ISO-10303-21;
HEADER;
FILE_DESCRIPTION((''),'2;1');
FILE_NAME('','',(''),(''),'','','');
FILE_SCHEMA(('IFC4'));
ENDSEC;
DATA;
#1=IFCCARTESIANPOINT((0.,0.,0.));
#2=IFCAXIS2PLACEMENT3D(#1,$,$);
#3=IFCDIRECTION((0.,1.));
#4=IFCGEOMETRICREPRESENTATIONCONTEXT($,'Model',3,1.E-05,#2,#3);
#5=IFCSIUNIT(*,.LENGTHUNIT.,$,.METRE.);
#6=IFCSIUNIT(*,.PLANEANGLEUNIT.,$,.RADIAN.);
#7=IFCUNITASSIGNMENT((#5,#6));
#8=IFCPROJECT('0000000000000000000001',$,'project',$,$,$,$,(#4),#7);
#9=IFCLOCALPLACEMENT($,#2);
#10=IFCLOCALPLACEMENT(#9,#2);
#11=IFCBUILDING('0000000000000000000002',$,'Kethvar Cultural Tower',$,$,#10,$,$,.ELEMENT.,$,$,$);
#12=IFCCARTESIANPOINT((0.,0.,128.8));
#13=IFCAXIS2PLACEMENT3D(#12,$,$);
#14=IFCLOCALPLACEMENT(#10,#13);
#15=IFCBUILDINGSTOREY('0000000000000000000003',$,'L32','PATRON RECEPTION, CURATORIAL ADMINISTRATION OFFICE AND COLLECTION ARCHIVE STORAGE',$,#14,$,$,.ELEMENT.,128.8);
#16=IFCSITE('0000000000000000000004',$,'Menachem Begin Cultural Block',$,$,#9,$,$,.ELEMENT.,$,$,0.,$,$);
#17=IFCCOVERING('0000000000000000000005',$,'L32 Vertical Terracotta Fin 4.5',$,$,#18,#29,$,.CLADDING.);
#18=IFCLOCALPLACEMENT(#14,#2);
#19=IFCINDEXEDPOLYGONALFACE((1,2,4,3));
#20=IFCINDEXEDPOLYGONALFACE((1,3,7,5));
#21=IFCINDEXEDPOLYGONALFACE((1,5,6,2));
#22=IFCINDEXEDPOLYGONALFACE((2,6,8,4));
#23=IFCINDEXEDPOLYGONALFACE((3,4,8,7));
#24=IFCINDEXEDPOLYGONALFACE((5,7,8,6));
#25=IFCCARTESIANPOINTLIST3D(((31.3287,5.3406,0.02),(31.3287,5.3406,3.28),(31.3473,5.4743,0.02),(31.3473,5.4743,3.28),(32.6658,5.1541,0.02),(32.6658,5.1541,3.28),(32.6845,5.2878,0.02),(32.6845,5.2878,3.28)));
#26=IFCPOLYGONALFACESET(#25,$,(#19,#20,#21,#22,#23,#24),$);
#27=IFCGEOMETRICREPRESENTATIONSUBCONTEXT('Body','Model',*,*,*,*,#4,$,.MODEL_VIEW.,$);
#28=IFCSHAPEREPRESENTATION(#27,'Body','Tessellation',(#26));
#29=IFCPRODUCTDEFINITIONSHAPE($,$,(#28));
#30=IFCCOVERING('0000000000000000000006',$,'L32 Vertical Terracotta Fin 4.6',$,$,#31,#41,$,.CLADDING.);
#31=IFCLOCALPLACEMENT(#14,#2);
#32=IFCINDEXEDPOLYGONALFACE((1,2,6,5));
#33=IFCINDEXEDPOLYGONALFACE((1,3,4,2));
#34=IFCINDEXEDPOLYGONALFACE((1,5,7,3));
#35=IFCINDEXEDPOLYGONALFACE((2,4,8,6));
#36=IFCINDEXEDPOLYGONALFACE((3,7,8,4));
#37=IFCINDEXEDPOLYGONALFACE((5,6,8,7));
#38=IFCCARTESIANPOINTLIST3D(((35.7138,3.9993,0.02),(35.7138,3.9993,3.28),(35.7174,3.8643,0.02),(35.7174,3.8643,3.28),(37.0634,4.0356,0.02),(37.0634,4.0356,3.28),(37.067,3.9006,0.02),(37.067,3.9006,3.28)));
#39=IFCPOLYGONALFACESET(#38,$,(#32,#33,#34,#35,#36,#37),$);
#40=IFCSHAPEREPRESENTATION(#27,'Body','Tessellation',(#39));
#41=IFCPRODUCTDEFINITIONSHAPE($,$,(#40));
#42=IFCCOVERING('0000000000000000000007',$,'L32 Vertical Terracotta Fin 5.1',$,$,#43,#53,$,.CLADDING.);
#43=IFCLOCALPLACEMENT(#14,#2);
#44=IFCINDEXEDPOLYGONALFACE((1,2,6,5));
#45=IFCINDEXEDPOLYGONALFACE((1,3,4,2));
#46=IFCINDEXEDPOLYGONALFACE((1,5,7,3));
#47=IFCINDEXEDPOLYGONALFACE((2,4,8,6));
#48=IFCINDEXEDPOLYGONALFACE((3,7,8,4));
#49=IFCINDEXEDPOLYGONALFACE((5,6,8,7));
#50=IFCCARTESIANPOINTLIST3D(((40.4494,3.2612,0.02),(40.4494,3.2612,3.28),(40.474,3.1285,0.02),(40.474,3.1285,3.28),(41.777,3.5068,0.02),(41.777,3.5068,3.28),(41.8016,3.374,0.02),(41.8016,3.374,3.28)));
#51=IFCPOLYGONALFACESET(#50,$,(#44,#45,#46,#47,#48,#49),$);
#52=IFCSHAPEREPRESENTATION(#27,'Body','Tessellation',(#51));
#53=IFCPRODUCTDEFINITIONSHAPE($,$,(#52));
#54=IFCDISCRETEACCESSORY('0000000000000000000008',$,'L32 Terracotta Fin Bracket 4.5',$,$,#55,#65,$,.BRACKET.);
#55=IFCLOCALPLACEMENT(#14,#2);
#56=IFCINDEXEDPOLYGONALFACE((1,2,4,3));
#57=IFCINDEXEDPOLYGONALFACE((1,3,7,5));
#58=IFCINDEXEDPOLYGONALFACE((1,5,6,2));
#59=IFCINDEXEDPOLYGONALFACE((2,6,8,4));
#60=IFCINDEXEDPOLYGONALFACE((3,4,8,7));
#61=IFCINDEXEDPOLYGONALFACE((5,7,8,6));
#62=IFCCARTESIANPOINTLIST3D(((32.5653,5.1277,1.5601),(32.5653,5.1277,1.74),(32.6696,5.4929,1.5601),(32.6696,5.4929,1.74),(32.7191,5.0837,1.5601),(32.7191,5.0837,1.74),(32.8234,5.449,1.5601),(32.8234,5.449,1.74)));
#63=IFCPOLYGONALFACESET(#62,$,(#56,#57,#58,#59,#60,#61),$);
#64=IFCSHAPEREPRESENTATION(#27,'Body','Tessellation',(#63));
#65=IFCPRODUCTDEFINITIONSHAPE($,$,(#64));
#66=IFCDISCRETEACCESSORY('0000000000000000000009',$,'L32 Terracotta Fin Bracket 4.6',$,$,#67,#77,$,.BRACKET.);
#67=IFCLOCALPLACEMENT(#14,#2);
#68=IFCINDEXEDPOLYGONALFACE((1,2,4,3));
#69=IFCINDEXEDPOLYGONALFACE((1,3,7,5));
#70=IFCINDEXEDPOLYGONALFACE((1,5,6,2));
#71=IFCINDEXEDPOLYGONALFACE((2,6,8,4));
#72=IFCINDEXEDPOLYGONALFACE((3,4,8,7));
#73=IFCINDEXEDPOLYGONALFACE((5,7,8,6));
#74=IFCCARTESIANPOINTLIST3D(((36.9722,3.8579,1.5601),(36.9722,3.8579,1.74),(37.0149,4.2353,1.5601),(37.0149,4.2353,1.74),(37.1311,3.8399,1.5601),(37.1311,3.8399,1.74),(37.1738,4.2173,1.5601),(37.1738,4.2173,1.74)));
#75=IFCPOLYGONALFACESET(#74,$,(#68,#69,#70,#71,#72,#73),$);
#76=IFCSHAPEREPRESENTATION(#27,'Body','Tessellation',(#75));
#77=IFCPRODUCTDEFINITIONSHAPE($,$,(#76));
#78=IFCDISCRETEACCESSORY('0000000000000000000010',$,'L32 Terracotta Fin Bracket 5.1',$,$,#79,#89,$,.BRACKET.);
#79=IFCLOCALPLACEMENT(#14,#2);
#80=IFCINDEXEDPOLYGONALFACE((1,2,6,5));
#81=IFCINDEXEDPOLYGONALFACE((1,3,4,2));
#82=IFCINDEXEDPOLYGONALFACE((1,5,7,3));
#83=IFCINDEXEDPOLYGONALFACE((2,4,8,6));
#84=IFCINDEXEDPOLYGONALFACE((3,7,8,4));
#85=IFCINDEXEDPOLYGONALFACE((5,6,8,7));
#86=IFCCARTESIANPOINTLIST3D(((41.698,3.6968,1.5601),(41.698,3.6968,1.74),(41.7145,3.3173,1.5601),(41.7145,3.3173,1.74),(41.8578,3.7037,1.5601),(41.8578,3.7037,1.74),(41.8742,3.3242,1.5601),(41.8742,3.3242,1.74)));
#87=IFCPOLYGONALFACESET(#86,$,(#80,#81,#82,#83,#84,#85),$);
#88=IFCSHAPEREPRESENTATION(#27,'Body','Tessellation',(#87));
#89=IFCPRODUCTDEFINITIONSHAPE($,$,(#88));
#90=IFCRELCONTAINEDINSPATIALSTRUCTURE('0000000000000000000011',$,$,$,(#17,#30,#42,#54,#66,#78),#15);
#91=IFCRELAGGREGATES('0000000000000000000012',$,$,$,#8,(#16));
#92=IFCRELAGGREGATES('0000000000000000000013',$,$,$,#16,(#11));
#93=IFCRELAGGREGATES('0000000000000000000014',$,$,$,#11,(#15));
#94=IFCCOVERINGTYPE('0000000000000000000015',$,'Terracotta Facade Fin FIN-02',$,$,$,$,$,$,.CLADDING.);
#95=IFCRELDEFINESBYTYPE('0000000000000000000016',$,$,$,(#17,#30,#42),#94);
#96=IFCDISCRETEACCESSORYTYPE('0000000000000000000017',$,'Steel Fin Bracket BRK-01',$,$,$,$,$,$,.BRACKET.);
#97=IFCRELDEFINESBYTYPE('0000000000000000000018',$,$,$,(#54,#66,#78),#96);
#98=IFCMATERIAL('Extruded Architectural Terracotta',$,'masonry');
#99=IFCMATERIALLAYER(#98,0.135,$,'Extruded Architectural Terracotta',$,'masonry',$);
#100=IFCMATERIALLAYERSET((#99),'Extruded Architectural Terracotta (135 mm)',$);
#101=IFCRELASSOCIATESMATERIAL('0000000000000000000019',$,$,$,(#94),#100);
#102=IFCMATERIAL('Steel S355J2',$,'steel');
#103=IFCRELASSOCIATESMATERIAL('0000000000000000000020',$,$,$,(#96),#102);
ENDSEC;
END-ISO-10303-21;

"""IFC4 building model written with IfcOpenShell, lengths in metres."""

from ifc_helpers import new_model, si_unit, direction, frame, origin, origin_2d, place, context, subcontext, project, spatial, rectangle, extrude, source, transform, mapped, material, layer, layer_set, type_object, element, save


model = new_model("IFC4")

# Units and contexts
model_context = context("Model", 3, precision=1e-05, world=origin(), true_north=direction((0.0, 1.0)))
body_context = subcontext(model_context, "Body", "Model", "MODEL_VIEW")
ifc_project = project(units=[si_unit("LENGTHUNIT", "METRE"), si_unit("PLANEANGLEUNIT", "RADIAN")], contexts=[model_context])

# Site, building, storey
site_placement = place(None, origin())
site = spatial("IfcSite", under=ifc_project, at=site_placement, Name="Menachem Begin Cultural Block", CompositionType="ELEMENT", RefElevation=0.0)
building_placement = place(site_placement, origin())
building = spatial("IfcBuilding", under=site, at=building_placement, Name="Kethvar Cultural Tower", CompositionType="ELEMENT")
storey_placement = place(building_placement, frame((0.0, 0.0, 128.8)))
storey = spatial("IfcBuildingStorey", under=building, at=storey_placement, Name="L32", Description="PATRON RECEPTION, CURATORIAL ADMINISTRATION OFFICE AND COLLECTION ARCHIVE STORAGE", CompositionType="ELEMENT", Elevation=128.8)

# Shared definitions
ifc_material_1 = material(Name="Steel S355J2", Category="steel")

# Coverings
ifc_material_2 = material(Name="Extruded Architectural Terracotta", Category="masonry")
ifc_layer_1 = layer(ifc_material_2, 0.135, Name="Extruded Architectural Terracotta", Category="masonry")
ifc_layer_set_1 = layer_set([ifc_layer_1], Name="Extruded Architectural Terracotta (135 mm)")
covering_type = type_object("IfcCoveringType", Name="Terracotta Facade Fin FIN-02", PredefinedType="CLADDING", material=ifc_layer_set_1)
shared_shape_1 = source(origin(), body_context, "Body", "SweptSolid", [
    extrude(rectangle(XDim=1.3501, YDim=0.135, at=origin_2d()), origin(), (0.0, 0.0, 1.0), 3.26),
])
for number, where, z_axis, x_axis, name in (
    (1, (32.0066, 5.3142, 0.02), (0.0, 0.0, 1.0), (-0.990413, 0.138136, 0.0), "L32 Vertical Terracotta Fin 4.5"),
    (2, (36.3904, 3.95, 0.02), (0.0, 0.0, 1.0), (-0.999639, -0.026875, 0.0), "L32 Vertical Terracotta Fin 4.6"),
    (3, (41.1255, 3.3176, 0.02), (0.0, 0.0, 1.0), (-0.983318, -0.181892, 0.0), "L32 Vertical Terracotta Fin 5.1"),
):
    element("IfcCovering", number, at=place(storey_placement, frame(where, z_axis=z_axis, x_axis=x_axis)), inside=storey, type_object=covering_type, Name=name, PredefinedType="CLADDING", context=body_context, shape_type="MappedRepresentation", body=[
        mapped(shared_shape_1, transform((0.0, 0.0, 0.0), scale=1.0)),
    ])

# Discrete accessories
discrete_accessory_type = type_object("IfcDiscreteAccessoryType", Name="Steel Fin Bracket BRK-01", PredefinedType="BRACKET", material=ifc_material_1)
shared_shape_2 = source(origin(), body_context, "Body", "SweptSolid", [
    extrude(rectangle(XDim=0.3799, YDim=0.1599, at=origin_2d()), origin(), (0.0, 0.0, 1.0), 0.1799),
])
for number, where, z_axis, x_axis, name in (
    (4, (32.6943, 5.2883, 1.5601), (0.0, 0.0, 1.0), (-0.274631, -0.96155, 0.0), "L32 Terracotta Fin Bracket 4.5"),
    (5, (37.073, 4.0376, 1.5601), (0.0, 0.0, 1.0), (-0.11251, -0.993651, 0.0), "L32 Terracotta Fin Bracket 4.6"),
    (6, (41.7861, 3.5105, 1.5601), (0.0, 0.0, 1.0), (0.043271, -0.999063, 0.0), "L32 Terracotta Fin Bracket 5.1"),
):
    element("IfcDiscreteAccessory", number, at=place(storey_placement, frame(where, z_axis=z_axis, x_axis=x_axis)), inside=storey, type_object=discrete_accessory_type, Name=name, PredefinedType="BRACKET", context=body_context, shape_type="MappedRepresentation", body=[
        mapped(shared_shape_2, transform((0.0, 0.0, 0.0), scale=1.0)),
    ])

save(model, "model.ifc")
